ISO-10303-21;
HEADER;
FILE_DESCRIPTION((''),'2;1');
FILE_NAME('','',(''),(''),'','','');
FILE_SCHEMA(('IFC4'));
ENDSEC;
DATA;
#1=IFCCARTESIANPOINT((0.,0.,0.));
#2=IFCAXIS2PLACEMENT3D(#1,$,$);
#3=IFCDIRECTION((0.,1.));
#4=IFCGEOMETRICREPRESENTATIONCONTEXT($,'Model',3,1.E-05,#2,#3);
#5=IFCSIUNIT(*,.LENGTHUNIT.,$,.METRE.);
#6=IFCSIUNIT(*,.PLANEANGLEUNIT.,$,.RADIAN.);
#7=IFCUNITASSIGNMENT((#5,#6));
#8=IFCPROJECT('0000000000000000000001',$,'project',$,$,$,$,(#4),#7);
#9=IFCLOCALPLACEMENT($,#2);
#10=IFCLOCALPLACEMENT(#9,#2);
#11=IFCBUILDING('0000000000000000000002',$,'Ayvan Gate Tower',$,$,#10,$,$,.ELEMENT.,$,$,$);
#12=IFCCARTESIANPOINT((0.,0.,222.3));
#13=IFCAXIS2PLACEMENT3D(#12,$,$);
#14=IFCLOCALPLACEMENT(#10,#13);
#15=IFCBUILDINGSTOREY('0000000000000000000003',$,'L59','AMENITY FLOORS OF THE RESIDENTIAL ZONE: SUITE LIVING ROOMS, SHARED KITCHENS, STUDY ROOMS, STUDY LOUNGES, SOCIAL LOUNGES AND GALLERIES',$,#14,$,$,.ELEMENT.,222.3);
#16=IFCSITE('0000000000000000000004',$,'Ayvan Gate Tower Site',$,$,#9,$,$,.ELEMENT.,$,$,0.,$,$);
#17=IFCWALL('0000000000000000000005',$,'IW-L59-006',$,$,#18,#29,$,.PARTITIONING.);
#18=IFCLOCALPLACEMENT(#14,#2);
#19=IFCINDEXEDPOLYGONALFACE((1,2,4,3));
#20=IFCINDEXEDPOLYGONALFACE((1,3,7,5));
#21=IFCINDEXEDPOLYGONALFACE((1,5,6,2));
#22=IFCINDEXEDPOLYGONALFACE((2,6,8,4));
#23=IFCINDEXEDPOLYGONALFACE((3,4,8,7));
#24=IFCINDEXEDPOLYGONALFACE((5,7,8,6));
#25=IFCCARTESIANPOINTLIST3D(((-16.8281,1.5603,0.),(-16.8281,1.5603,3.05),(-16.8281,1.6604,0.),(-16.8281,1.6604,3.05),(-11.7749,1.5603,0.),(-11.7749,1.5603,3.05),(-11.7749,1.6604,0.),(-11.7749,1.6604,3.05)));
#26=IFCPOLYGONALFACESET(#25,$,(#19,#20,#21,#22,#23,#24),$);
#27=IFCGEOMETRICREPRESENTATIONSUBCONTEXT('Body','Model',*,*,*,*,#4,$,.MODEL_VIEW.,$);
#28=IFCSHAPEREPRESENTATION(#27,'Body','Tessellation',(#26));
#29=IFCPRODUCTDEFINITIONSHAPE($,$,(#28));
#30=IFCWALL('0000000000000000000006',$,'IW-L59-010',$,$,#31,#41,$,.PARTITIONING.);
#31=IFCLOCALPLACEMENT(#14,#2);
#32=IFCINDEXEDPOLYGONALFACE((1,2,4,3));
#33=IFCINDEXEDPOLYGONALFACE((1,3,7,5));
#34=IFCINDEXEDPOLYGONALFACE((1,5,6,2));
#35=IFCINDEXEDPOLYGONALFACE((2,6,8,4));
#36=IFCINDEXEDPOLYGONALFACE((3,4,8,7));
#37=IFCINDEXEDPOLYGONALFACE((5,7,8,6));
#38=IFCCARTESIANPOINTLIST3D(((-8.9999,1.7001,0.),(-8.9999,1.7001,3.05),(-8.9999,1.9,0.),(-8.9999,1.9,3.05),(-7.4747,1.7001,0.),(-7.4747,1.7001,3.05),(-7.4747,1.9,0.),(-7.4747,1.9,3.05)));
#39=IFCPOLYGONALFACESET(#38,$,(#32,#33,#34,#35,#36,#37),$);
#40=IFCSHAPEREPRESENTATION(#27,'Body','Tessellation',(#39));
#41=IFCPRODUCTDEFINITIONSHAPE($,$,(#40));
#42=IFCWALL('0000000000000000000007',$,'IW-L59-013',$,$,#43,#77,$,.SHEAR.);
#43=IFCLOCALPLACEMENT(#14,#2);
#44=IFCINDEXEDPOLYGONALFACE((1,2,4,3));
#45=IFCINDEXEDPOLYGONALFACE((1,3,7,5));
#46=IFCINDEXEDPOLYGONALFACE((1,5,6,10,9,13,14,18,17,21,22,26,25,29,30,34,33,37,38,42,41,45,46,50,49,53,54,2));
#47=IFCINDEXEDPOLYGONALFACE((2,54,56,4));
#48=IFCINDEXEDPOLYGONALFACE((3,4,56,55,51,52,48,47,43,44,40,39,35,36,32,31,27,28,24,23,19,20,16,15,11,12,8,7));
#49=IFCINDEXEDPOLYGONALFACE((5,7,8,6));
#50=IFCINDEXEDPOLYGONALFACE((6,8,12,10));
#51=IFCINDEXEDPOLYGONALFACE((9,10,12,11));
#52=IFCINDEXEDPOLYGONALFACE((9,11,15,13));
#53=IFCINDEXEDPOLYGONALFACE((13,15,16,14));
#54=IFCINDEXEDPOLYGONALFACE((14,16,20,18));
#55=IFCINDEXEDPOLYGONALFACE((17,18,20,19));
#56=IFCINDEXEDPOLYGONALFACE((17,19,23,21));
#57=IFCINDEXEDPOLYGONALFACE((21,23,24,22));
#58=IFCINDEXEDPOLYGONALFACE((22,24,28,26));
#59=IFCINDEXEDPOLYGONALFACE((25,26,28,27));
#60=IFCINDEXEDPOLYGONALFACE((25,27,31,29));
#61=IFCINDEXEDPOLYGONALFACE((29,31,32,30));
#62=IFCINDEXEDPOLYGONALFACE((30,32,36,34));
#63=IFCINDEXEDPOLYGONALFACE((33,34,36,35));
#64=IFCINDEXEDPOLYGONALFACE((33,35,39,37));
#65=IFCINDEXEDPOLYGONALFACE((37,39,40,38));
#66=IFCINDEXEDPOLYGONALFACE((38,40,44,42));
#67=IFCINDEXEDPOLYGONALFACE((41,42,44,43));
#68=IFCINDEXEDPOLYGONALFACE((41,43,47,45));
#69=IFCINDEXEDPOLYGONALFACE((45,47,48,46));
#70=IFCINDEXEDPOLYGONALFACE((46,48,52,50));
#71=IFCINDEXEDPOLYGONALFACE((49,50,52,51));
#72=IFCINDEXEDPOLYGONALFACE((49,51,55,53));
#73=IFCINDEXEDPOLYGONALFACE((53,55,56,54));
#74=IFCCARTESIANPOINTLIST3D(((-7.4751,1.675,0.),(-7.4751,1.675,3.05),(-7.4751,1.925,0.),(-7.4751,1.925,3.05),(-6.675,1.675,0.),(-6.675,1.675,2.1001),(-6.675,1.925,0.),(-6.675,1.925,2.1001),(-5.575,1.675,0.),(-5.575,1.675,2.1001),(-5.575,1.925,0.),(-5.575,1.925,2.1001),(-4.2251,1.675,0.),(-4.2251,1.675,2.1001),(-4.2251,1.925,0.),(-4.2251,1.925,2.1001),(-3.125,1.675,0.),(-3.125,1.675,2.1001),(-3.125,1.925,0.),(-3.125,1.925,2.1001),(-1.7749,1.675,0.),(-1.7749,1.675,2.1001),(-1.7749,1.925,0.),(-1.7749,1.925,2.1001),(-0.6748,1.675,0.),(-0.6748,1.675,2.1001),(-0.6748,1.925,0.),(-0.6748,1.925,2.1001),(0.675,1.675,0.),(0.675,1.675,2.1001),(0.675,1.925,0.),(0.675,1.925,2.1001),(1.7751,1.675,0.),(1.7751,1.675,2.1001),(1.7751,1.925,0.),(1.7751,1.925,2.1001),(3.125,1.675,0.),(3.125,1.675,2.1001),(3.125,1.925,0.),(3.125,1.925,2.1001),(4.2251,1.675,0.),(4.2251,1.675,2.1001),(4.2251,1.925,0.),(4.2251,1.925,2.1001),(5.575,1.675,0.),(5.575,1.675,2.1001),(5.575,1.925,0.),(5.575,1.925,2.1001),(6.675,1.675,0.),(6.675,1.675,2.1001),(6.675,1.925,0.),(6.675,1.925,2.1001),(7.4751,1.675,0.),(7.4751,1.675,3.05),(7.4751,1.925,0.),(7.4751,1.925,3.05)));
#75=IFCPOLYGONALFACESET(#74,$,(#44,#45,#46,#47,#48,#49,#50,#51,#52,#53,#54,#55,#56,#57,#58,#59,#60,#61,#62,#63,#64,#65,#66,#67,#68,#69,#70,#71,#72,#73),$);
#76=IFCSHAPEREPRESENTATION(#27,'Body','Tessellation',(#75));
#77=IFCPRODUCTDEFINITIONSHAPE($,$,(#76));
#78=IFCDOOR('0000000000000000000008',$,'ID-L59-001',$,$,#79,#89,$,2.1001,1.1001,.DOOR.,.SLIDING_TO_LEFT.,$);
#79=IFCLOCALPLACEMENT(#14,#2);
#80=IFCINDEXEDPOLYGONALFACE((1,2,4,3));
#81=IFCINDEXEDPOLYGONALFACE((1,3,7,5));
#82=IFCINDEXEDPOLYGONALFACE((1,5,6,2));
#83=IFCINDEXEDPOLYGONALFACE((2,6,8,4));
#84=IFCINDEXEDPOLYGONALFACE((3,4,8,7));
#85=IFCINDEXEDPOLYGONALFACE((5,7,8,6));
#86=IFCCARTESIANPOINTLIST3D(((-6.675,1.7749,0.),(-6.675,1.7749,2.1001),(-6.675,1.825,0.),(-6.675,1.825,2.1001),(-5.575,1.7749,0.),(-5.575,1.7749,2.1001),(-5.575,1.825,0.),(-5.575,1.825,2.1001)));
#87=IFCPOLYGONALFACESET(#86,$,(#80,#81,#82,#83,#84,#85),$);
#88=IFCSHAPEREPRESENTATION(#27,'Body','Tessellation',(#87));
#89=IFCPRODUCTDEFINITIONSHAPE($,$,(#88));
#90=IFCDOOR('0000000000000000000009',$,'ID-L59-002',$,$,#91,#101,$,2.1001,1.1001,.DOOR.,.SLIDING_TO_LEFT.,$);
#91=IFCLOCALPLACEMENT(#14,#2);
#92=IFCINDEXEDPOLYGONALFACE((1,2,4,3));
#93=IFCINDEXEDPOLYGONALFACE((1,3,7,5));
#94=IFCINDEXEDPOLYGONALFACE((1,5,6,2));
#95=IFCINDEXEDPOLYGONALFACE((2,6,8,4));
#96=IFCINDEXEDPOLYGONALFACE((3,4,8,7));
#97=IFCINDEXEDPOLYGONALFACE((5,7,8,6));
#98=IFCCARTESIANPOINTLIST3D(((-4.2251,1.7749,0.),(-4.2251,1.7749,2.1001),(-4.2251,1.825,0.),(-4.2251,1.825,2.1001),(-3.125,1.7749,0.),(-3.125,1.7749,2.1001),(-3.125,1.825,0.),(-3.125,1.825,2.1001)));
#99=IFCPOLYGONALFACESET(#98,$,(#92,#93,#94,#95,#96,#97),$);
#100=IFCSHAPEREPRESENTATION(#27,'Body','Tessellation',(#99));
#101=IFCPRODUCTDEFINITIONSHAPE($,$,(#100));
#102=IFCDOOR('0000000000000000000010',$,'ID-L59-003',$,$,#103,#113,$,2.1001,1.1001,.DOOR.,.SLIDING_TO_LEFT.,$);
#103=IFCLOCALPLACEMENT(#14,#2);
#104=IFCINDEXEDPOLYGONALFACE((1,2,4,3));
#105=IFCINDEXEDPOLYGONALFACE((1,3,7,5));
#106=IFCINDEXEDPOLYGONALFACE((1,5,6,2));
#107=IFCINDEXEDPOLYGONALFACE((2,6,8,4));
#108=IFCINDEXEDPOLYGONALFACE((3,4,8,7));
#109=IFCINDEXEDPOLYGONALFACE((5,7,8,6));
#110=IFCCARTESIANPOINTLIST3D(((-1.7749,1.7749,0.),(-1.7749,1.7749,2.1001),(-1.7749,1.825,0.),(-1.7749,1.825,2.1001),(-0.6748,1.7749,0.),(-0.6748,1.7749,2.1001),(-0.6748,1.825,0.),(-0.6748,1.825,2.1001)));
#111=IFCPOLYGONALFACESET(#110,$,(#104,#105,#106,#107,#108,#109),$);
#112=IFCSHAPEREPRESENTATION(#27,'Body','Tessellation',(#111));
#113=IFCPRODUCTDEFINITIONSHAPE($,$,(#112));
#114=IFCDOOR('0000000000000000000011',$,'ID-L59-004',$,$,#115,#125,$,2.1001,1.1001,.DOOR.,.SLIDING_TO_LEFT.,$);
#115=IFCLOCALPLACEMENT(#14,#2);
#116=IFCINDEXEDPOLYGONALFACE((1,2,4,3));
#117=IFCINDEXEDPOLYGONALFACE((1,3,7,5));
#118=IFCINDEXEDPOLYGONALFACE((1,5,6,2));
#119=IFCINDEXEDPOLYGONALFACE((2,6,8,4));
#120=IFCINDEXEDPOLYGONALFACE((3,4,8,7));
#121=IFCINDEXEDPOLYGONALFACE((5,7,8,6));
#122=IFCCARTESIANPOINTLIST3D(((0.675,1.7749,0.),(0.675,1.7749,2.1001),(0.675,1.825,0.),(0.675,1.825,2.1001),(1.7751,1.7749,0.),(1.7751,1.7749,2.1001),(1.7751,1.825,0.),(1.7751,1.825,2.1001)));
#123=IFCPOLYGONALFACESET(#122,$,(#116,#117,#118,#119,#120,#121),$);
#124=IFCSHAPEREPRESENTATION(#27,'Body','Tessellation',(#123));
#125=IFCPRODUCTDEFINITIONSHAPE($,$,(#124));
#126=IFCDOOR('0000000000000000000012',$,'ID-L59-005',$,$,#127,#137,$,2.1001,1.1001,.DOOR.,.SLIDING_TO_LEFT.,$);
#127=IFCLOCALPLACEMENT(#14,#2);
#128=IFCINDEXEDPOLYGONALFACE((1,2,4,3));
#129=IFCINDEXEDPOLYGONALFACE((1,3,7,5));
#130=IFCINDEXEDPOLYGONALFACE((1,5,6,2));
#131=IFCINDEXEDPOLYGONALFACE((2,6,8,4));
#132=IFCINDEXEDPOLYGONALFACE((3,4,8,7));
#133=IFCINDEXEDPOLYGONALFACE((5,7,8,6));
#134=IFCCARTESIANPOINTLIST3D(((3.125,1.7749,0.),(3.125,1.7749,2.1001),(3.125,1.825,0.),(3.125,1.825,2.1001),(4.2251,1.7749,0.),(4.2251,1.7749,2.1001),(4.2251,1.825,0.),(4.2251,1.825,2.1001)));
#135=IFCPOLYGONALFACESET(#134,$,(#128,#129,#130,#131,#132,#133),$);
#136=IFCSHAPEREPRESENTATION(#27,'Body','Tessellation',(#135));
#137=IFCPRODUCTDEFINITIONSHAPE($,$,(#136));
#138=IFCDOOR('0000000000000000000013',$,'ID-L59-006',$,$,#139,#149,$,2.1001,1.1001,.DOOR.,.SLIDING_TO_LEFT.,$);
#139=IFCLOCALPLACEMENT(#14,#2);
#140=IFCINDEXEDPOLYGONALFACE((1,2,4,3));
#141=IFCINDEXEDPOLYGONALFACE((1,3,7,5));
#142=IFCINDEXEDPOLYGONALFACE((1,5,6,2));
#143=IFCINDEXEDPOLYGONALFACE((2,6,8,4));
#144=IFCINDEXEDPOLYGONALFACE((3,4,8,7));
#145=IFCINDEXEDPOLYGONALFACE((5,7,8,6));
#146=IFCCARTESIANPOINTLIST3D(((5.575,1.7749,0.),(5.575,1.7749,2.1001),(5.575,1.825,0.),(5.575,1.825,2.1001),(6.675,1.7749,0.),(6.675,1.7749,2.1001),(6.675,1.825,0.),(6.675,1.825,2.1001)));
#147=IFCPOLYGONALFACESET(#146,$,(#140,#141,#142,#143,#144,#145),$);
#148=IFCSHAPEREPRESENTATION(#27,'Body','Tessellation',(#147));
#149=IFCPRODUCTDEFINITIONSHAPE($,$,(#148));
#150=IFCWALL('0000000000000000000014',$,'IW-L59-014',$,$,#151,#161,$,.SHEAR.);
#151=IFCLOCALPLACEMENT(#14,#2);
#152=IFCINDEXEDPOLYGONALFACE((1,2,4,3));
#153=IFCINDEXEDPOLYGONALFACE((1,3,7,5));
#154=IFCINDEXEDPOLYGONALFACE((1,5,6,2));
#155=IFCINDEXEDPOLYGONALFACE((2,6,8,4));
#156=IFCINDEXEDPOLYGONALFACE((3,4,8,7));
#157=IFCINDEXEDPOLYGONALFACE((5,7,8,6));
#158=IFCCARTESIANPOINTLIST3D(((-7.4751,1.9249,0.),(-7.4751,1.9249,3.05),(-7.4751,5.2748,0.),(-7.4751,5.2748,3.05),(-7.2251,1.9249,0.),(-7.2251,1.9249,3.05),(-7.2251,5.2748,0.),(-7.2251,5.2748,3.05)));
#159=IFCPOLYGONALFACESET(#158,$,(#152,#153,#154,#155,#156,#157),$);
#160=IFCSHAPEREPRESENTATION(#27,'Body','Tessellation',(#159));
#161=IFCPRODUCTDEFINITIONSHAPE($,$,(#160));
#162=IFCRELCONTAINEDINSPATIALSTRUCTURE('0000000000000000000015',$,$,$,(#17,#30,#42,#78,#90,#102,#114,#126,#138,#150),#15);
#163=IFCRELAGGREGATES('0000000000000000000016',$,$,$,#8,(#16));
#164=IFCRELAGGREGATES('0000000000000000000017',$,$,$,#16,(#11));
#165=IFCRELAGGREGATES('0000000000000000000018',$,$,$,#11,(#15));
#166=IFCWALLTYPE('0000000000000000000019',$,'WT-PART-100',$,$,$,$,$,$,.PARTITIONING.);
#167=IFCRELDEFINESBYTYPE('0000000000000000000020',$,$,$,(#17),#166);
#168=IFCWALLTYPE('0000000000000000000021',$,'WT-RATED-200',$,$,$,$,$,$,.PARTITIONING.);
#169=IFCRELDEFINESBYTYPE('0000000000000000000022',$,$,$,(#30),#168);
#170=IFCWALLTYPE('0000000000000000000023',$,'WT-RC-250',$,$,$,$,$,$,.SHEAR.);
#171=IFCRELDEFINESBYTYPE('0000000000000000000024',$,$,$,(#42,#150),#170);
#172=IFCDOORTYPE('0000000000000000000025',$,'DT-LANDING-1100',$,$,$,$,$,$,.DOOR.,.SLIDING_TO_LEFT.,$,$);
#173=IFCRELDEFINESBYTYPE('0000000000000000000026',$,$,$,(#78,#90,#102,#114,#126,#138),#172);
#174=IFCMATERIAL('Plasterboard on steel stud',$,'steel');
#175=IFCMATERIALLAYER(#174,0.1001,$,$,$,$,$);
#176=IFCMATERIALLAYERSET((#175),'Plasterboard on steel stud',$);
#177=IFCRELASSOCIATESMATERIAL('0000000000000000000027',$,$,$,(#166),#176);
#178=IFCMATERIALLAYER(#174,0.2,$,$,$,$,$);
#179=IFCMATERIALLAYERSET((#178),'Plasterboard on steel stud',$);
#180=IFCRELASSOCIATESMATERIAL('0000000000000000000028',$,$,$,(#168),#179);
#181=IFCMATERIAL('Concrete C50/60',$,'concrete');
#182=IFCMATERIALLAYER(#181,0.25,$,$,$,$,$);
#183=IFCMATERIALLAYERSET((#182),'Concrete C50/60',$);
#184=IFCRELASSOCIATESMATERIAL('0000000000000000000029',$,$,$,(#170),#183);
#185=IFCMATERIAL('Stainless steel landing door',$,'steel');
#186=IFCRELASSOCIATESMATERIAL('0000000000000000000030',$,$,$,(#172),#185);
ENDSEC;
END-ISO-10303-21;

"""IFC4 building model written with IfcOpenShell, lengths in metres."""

from ifc_helpers import new_model, si_unit, direction, frame, frame_2d, origin, place, context, subcontext, project, spatial, rectangle, extrude, material, layer, layer_set, type_object, element, fill, save


model = new_model("IFC4")

# Units and contexts
model_context = context("Model", 3, precision=1e-05, world=origin(), true_north=direction((0.0, 1.0)))
body_context = subcontext(model_context, "Body", "Model", "MODEL_VIEW")
ifc_project = project(units=[si_unit("LENGTHUNIT", "METRE"), si_unit("PLANEANGLEUNIT", "RADIAN")], contexts=[model_context])

# Site, building, storey
site_placement = place(None, origin())
site = spatial("IfcSite", under=ifc_project, at=site_placement, Name="Ayvan Gate Tower Site", CompositionType="ELEMENT", RefElevation=0.0)
building_placement = place(site_placement, origin())
building = spatial("IfcBuilding", under=site, at=building_placement, Name="Ayvan Gate Tower", CompositionType="ELEMENT")
storey_placement = place(building_placement, frame((0.0, 0.0, 222.3)))
storey = spatial("IfcBuildingStorey", under=building, at=storey_placement, Name="L59", Description="AMENITY FLOORS OF THE RESIDENTIAL ZONE: SUITE LIVING ROOMS, SHARED KITCHENS, STUDY ROOMS, STUDY LOUNGES, SOCIAL LOUNGES AND GALLERIES", CompositionType="ELEMENT", Elevation=222.3)

# Shared definitions
ifc_material_1 = material(Name="Plasterboard on steel stud", Category="steel")

# Walls
ifc_layer_1 = layer(ifc_material_1, 0.1001)
ifc_layer_set_1 = layer_set([ifc_layer_1], Name="Plasterboard on steel stud")
wall_type_1 = type_object("IfcWallType", Name="WT-PART-100", PredefinedType="PARTITIONING", material=ifc_layer_set_1)
wall_1_placement = place(storey_placement, frame((-11.7749, 1.6104, 0.0), z_axis=(0.0, 0.0, 1.0), x_axis=(-1.0, 0.0, 0.0)))
element("IfcWall", 1, at=wall_1_placement, inside=storey, type_object=wall_type_1, Name="IW-L59-006", PredefinedType="PARTITIONING", context=body_context, shape_type="SweptSolid", body=[
    extrude(rectangle(XDim=5.0532, YDim=0.1001, at=frame_2d((2.5266, 0.0))), origin(), (0.0, 0.0, 1.0), 3.05),
])
ifc_layer_2 = layer(ifc_material_1, 0.2)
ifc_layer_set_2 = layer_set([ifc_layer_2], Name="Plasterboard on steel stud")
wall_type_2 = type_object("IfcWallType", Name="WT-RATED-200", PredefinedType="PARTITIONING", material=ifc_layer_set_2)
wall_2_placement = place(storey_placement, frame((-9.0, 1.8, 0.0), z_axis=(0.0, 0.0, 1.0), x_axis=(1.0, 0.0, 0.0)))
element("IfcWall", 2, at=wall_2_placement, inside=storey, type_object=wall_type_2, Name="IW-L59-010", PredefinedType="PARTITIONING", context=body_context, shape_type="SweptSolid", body=[
    extrude(rectangle(XDim=1.5251, YDim=0.2, at=frame_2d((0.7627, 0.0))), origin(), (0.0, 0.0, 1.0), 3.05),
])

# Wall, openings, doors
ifc_material_2 = material(Name="Concrete C50/60", Category="concrete")
ifc_layer_3 = layer(ifc_material_2, 0.25)
ifc_layer_set_3 = layer_set([ifc_layer_3], Name="Concrete C50/60")
wall_type_3 = type_object("IfcWallType", Name="WT-RC-250", PredefinedType="SHEAR", material=ifc_layer_set_3)
wall_3_placement = place(storey_placement, frame((-7.4751, 1.8, 0.0), z_axis=(0.0, 0.0, 1.0), x_axis=(1.0, 0.0, 0.0)))
wall_3 = element("IfcWall", 3, at=wall_3_placement, inside=storey, type_object=wall_type_3, Name="IW-L59-013", PredefinedType="SHEAR", context=body_context, shape_type="SweptSolid", body=[
    extrude(rectangle(XDim=14.9502, YDim=0.25, at=frame_2d((7.4751, 0.0))), origin(), (0.0, 0.0, 1.0), 3.05),
])
opening_1_placement = place(wall_3_placement, frame((0.8, 0.0, 0.0)))
opening_1 = element("IfcOpeningElement", 4, at=opening_1_placement, cuts=wall_3, PredefinedType="OPENING", context=body_context, shape_type="SweptSolid", body=[
    extrude(rectangle(XDim=1.1001, YDim=2.1001, at=frame_2d((0.55, 1.05))), frame((0.0, 0.135, 0.0), z_axis=(0.0, -1.0, 0.0), x_axis=(1.0, 0.0, 0.0)), (0.0, 0.0, 1.0), 0.27),
])
opening_2_placement = place(wall_3_placement, frame((3.25, 0.0, 0.0)))
opening_2 = element("IfcOpeningElement", 5, at=opening_2_placement, cuts=wall_3, PredefinedType="OPENING", context=body_context, shape_type="SweptSolid", body=[
    extrude(rectangle(XDim=1.1001, YDim=2.1001, at=frame_2d((0.55, 1.05))), frame((0.0, 0.135, 0.0), z_axis=(0.0, -1.0, 0.0), x_axis=(1.0, 0.0, 0.0)), (0.0, 0.0, 1.0), 0.27),
])
opening_3_placement = place(wall_3_placement, frame((5.7002, 0.0, 0.0)))
opening_3 = element("IfcOpeningElement", 6, at=opening_3_placement, cuts=wall_3, PredefinedType="OPENING", context=body_context, shape_type="SweptSolid", body=[
    extrude(rectangle(XDim=1.1001, YDim=2.1001, at=frame_2d((0.55, 1.05))), frame((0.0, 0.135, 0.0), z_axis=(0.0, -1.0, 0.0), x_axis=(1.0, 0.0, 0.0)), (0.0, 0.0, 1.0), 0.27),
])
opening_4_placement = place(wall_3_placement, frame((8.1501, 0.0, 0.0)))
opening_4 = element("IfcOpeningElement", 7, at=opening_4_placement, cuts=wall_3, PredefinedType="OPENING", context=body_context, shape_type="SweptSolid", body=[
    extrude(rectangle(XDim=1.1001, YDim=2.1001, at=frame_2d((0.55, 1.05))), frame((0.0, 0.135, 0.0), z_axis=(0.0, -1.0, 0.0), x_axis=(1.0, 0.0, 0.0)), (0.0, 0.0, 1.0), 0.27),
])
opening_5_placement = place(wall_3_placement, frame((10.6001, 0.0, 0.0)))
opening_5 = element("IfcOpeningElement", 8, at=opening_5_placement, cuts=wall_3, PredefinedType="OPENING", context=body_context, shape_type="SweptSolid", body=[
    extrude(rectangle(XDim=1.1001, YDim=2.1001, at=frame_2d((0.55, 1.05))), frame((0.0, 0.135, 0.0), z_axis=(0.0, -1.0, 0.0), x_axis=(1.0, 0.0, 0.0)), (0.0, 0.0, 1.0), 0.27),
])
opening_6_placement = place(wall_3_placement, frame((13.05, 0.0, 0.0)))
opening_6 = element("IfcOpeningElement", 9, at=opening_6_placement, cuts=wall_3, PredefinedType="OPENING", context=body_context, shape_type="SweptSolid", body=[
    extrude(rectangle(XDim=1.1001, YDim=2.1001, at=frame_2d((0.55, 1.05))), frame((0.0, 0.135, 0.0), z_axis=(0.0, -1.0, 0.0), x_axis=(1.0, 0.0, 0.0)), (0.0, 0.0, 1.0), 0.27),
])
ifc_material_3 = material(Name="Stainless steel landing door", Category="steel")
door_type_1 = type_object("IfcDoorType", Name="DT-LANDING-1100", OperationType="SLIDING_TO_LEFT", PredefinedType="DOOR", material=ifc_material_3)
door_1_placement = place(opening_1_placement, origin())
door_1 = element("IfcDoor", 10, at=door_1_placement, inside=storey, type_object=door_type_1, Name="ID-L59-001", OperationType="SLIDING_TO_LEFT", OverallHeight=2.1001, OverallWidth=1.1001, PredefinedType="DOOR", context=body_context, shape_type="SweptSolid", body=[
    extrude(rectangle(XDim=1.1001, YDim=2.1001, at=frame_2d((0.55, 1.05))), frame((0.0, 0.0249, 0.0), z_axis=(0.0, -1.0, 0.0), x_axis=(1.0, 0.0, 0.0)), (0.0, 0.0, 1.0), 0.05),
])
fill(opening_1, door_1)
door_2_placement = place(opening_2_placement, origin())
door_2 = element("IfcDoor", 11, at=door_2_placement, inside=storey, type_object=door_type_1, Name="ID-L59-002", OperationType="SLIDING_TO_LEFT", OverallHeight=2.1001, OverallWidth=1.1001, PredefinedType="DOOR", context=body_context, shape_type="SweptSolid", body=[
    extrude(rectangle(XDim=1.1001, YDim=2.1001, at=frame_2d((0.55, 1.05))), frame((0.0, 0.0249, 0.0), z_axis=(0.0, -1.0, 0.0), x_axis=(1.0, 0.0, 0.0)), (0.0, 0.0, 1.0), 0.05),
])
fill(opening_2, door_2)
door_3_placement = place(opening_3_placement, origin())
door_3 = element("IfcDoor", 12, at=door_3_placement, inside=storey, type_object=door_type_1, Name="ID-L59-003", OperationType="SLIDING_TO_LEFT", OverallHeight=2.1001, OverallWidth=1.1001, PredefinedType="DOOR", context=body_context, shape_type="SweptSolid", body=[
    extrude(rectangle(XDim=1.1001, YDim=2.1001, at=frame_2d((0.55, 1.05))), frame((0.0, 0.0249, 0.0), z_axis=(0.0, -1.0, 0.0), x_axis=(1.0, 0.0, 0.0)), (0.0, 0.0, 1.0), 0.05),
])
fill(opening_3, door_3)
door_4_placement = place(opening_4_placement, origin())
door_4 = element("IfcDoor", 13, at=door_4_placement, inside=storey, type_object=door_type_1, Name="ID-L59-004", OperationType="SLIDING_TO_LEFT", OverallHeight=2.1001, OverallWidth=1.1001, PredefinedType="DOOR", context=body_context, shape_type="SweptSolid", body=[
    extrude(rectangle(XDim=1.1001, YDim=2.1001, at=frame_2d((0.55, 1.05))), frame((0.0, 0.0249, 0.0), z_axis=(0.0, -1.0, 0.0), x_axis=(1.0, 0.0, 0.0)), (0.0, 0.0, 1.0), 0.05),
])
fill(opening_4, door_4)
door_5_placement = place(opening_5_placement, origin())
door_5 = element("IfcDoor", 14, at=door_5_placement, inside=storey, type_object=door_type_1, Name="ID-L59-005", OperationType="SLIDING_TO_LEFT", OverallHeight=2.1001, OverallWidth=1.1001, PredefinedType="DOOR", context=body_context, shape_type="SweptSolid", body=[
    extrude(rectangle(XDim=1.1001, YDim=2.1001, at=frame_2d((0.55, 1.05))), frame((0.0, 0.0249, 0.0), z_axis=(0.0, -1.0, 0.0), x_axis=(1.0, 0.0, 0.0)), (0.0, 0.0, 1.0), 0.05),
])
fill(opening_5, door_5)
door_6_placement = place(opening_6_placement, origin())
door_6 = element("IfcDoor", 15, at=door_6_placement, inside=storey, type_object=door_type_1, Name="ID-L59-006", OperationType="SLIDING_TO_LEFT", OverallHeight=2.1001, OverallWidth=1.1001, PredefinedType="DOOR", context=body_context, shape_type="SweptSolid", body=[
    extrude(rectangle(XDim=1.1001, YDim=2.1001, at=frame_2d((0.55, 1.05))), frame((0.0, 0.0249, 0.0), z_axis=(0.0, -1.0, 0.0), x_axis=(1.0, 0.0, 0.0)), (0.0, 0.0, 1.0), 0.05),
])
fill(opening_6, door_6)

# Wall
wall_4_placement = place(storey_placement, frame((-7.3501, 1.925, 0.0), z_axis=(0.0, 0.0, 1.0), x_axis=(0.0, 1.0, 0.0)))
element("IfcWall", 16, at=wall_4_placement, inside=storey, type_object=wall_type_3, Name="IW-L59-014", PredefinedType="SHEAR", context=body_context, shape_type="SweptSolid", body=[
    extrude(rectangle(XDim=3.3499, YDim=0.25, at=frame_2d((1.6748, 0.0))), origin(), (0.0, 0.0, 1.0), 3.05),
])

save(model, "model.ifc")
